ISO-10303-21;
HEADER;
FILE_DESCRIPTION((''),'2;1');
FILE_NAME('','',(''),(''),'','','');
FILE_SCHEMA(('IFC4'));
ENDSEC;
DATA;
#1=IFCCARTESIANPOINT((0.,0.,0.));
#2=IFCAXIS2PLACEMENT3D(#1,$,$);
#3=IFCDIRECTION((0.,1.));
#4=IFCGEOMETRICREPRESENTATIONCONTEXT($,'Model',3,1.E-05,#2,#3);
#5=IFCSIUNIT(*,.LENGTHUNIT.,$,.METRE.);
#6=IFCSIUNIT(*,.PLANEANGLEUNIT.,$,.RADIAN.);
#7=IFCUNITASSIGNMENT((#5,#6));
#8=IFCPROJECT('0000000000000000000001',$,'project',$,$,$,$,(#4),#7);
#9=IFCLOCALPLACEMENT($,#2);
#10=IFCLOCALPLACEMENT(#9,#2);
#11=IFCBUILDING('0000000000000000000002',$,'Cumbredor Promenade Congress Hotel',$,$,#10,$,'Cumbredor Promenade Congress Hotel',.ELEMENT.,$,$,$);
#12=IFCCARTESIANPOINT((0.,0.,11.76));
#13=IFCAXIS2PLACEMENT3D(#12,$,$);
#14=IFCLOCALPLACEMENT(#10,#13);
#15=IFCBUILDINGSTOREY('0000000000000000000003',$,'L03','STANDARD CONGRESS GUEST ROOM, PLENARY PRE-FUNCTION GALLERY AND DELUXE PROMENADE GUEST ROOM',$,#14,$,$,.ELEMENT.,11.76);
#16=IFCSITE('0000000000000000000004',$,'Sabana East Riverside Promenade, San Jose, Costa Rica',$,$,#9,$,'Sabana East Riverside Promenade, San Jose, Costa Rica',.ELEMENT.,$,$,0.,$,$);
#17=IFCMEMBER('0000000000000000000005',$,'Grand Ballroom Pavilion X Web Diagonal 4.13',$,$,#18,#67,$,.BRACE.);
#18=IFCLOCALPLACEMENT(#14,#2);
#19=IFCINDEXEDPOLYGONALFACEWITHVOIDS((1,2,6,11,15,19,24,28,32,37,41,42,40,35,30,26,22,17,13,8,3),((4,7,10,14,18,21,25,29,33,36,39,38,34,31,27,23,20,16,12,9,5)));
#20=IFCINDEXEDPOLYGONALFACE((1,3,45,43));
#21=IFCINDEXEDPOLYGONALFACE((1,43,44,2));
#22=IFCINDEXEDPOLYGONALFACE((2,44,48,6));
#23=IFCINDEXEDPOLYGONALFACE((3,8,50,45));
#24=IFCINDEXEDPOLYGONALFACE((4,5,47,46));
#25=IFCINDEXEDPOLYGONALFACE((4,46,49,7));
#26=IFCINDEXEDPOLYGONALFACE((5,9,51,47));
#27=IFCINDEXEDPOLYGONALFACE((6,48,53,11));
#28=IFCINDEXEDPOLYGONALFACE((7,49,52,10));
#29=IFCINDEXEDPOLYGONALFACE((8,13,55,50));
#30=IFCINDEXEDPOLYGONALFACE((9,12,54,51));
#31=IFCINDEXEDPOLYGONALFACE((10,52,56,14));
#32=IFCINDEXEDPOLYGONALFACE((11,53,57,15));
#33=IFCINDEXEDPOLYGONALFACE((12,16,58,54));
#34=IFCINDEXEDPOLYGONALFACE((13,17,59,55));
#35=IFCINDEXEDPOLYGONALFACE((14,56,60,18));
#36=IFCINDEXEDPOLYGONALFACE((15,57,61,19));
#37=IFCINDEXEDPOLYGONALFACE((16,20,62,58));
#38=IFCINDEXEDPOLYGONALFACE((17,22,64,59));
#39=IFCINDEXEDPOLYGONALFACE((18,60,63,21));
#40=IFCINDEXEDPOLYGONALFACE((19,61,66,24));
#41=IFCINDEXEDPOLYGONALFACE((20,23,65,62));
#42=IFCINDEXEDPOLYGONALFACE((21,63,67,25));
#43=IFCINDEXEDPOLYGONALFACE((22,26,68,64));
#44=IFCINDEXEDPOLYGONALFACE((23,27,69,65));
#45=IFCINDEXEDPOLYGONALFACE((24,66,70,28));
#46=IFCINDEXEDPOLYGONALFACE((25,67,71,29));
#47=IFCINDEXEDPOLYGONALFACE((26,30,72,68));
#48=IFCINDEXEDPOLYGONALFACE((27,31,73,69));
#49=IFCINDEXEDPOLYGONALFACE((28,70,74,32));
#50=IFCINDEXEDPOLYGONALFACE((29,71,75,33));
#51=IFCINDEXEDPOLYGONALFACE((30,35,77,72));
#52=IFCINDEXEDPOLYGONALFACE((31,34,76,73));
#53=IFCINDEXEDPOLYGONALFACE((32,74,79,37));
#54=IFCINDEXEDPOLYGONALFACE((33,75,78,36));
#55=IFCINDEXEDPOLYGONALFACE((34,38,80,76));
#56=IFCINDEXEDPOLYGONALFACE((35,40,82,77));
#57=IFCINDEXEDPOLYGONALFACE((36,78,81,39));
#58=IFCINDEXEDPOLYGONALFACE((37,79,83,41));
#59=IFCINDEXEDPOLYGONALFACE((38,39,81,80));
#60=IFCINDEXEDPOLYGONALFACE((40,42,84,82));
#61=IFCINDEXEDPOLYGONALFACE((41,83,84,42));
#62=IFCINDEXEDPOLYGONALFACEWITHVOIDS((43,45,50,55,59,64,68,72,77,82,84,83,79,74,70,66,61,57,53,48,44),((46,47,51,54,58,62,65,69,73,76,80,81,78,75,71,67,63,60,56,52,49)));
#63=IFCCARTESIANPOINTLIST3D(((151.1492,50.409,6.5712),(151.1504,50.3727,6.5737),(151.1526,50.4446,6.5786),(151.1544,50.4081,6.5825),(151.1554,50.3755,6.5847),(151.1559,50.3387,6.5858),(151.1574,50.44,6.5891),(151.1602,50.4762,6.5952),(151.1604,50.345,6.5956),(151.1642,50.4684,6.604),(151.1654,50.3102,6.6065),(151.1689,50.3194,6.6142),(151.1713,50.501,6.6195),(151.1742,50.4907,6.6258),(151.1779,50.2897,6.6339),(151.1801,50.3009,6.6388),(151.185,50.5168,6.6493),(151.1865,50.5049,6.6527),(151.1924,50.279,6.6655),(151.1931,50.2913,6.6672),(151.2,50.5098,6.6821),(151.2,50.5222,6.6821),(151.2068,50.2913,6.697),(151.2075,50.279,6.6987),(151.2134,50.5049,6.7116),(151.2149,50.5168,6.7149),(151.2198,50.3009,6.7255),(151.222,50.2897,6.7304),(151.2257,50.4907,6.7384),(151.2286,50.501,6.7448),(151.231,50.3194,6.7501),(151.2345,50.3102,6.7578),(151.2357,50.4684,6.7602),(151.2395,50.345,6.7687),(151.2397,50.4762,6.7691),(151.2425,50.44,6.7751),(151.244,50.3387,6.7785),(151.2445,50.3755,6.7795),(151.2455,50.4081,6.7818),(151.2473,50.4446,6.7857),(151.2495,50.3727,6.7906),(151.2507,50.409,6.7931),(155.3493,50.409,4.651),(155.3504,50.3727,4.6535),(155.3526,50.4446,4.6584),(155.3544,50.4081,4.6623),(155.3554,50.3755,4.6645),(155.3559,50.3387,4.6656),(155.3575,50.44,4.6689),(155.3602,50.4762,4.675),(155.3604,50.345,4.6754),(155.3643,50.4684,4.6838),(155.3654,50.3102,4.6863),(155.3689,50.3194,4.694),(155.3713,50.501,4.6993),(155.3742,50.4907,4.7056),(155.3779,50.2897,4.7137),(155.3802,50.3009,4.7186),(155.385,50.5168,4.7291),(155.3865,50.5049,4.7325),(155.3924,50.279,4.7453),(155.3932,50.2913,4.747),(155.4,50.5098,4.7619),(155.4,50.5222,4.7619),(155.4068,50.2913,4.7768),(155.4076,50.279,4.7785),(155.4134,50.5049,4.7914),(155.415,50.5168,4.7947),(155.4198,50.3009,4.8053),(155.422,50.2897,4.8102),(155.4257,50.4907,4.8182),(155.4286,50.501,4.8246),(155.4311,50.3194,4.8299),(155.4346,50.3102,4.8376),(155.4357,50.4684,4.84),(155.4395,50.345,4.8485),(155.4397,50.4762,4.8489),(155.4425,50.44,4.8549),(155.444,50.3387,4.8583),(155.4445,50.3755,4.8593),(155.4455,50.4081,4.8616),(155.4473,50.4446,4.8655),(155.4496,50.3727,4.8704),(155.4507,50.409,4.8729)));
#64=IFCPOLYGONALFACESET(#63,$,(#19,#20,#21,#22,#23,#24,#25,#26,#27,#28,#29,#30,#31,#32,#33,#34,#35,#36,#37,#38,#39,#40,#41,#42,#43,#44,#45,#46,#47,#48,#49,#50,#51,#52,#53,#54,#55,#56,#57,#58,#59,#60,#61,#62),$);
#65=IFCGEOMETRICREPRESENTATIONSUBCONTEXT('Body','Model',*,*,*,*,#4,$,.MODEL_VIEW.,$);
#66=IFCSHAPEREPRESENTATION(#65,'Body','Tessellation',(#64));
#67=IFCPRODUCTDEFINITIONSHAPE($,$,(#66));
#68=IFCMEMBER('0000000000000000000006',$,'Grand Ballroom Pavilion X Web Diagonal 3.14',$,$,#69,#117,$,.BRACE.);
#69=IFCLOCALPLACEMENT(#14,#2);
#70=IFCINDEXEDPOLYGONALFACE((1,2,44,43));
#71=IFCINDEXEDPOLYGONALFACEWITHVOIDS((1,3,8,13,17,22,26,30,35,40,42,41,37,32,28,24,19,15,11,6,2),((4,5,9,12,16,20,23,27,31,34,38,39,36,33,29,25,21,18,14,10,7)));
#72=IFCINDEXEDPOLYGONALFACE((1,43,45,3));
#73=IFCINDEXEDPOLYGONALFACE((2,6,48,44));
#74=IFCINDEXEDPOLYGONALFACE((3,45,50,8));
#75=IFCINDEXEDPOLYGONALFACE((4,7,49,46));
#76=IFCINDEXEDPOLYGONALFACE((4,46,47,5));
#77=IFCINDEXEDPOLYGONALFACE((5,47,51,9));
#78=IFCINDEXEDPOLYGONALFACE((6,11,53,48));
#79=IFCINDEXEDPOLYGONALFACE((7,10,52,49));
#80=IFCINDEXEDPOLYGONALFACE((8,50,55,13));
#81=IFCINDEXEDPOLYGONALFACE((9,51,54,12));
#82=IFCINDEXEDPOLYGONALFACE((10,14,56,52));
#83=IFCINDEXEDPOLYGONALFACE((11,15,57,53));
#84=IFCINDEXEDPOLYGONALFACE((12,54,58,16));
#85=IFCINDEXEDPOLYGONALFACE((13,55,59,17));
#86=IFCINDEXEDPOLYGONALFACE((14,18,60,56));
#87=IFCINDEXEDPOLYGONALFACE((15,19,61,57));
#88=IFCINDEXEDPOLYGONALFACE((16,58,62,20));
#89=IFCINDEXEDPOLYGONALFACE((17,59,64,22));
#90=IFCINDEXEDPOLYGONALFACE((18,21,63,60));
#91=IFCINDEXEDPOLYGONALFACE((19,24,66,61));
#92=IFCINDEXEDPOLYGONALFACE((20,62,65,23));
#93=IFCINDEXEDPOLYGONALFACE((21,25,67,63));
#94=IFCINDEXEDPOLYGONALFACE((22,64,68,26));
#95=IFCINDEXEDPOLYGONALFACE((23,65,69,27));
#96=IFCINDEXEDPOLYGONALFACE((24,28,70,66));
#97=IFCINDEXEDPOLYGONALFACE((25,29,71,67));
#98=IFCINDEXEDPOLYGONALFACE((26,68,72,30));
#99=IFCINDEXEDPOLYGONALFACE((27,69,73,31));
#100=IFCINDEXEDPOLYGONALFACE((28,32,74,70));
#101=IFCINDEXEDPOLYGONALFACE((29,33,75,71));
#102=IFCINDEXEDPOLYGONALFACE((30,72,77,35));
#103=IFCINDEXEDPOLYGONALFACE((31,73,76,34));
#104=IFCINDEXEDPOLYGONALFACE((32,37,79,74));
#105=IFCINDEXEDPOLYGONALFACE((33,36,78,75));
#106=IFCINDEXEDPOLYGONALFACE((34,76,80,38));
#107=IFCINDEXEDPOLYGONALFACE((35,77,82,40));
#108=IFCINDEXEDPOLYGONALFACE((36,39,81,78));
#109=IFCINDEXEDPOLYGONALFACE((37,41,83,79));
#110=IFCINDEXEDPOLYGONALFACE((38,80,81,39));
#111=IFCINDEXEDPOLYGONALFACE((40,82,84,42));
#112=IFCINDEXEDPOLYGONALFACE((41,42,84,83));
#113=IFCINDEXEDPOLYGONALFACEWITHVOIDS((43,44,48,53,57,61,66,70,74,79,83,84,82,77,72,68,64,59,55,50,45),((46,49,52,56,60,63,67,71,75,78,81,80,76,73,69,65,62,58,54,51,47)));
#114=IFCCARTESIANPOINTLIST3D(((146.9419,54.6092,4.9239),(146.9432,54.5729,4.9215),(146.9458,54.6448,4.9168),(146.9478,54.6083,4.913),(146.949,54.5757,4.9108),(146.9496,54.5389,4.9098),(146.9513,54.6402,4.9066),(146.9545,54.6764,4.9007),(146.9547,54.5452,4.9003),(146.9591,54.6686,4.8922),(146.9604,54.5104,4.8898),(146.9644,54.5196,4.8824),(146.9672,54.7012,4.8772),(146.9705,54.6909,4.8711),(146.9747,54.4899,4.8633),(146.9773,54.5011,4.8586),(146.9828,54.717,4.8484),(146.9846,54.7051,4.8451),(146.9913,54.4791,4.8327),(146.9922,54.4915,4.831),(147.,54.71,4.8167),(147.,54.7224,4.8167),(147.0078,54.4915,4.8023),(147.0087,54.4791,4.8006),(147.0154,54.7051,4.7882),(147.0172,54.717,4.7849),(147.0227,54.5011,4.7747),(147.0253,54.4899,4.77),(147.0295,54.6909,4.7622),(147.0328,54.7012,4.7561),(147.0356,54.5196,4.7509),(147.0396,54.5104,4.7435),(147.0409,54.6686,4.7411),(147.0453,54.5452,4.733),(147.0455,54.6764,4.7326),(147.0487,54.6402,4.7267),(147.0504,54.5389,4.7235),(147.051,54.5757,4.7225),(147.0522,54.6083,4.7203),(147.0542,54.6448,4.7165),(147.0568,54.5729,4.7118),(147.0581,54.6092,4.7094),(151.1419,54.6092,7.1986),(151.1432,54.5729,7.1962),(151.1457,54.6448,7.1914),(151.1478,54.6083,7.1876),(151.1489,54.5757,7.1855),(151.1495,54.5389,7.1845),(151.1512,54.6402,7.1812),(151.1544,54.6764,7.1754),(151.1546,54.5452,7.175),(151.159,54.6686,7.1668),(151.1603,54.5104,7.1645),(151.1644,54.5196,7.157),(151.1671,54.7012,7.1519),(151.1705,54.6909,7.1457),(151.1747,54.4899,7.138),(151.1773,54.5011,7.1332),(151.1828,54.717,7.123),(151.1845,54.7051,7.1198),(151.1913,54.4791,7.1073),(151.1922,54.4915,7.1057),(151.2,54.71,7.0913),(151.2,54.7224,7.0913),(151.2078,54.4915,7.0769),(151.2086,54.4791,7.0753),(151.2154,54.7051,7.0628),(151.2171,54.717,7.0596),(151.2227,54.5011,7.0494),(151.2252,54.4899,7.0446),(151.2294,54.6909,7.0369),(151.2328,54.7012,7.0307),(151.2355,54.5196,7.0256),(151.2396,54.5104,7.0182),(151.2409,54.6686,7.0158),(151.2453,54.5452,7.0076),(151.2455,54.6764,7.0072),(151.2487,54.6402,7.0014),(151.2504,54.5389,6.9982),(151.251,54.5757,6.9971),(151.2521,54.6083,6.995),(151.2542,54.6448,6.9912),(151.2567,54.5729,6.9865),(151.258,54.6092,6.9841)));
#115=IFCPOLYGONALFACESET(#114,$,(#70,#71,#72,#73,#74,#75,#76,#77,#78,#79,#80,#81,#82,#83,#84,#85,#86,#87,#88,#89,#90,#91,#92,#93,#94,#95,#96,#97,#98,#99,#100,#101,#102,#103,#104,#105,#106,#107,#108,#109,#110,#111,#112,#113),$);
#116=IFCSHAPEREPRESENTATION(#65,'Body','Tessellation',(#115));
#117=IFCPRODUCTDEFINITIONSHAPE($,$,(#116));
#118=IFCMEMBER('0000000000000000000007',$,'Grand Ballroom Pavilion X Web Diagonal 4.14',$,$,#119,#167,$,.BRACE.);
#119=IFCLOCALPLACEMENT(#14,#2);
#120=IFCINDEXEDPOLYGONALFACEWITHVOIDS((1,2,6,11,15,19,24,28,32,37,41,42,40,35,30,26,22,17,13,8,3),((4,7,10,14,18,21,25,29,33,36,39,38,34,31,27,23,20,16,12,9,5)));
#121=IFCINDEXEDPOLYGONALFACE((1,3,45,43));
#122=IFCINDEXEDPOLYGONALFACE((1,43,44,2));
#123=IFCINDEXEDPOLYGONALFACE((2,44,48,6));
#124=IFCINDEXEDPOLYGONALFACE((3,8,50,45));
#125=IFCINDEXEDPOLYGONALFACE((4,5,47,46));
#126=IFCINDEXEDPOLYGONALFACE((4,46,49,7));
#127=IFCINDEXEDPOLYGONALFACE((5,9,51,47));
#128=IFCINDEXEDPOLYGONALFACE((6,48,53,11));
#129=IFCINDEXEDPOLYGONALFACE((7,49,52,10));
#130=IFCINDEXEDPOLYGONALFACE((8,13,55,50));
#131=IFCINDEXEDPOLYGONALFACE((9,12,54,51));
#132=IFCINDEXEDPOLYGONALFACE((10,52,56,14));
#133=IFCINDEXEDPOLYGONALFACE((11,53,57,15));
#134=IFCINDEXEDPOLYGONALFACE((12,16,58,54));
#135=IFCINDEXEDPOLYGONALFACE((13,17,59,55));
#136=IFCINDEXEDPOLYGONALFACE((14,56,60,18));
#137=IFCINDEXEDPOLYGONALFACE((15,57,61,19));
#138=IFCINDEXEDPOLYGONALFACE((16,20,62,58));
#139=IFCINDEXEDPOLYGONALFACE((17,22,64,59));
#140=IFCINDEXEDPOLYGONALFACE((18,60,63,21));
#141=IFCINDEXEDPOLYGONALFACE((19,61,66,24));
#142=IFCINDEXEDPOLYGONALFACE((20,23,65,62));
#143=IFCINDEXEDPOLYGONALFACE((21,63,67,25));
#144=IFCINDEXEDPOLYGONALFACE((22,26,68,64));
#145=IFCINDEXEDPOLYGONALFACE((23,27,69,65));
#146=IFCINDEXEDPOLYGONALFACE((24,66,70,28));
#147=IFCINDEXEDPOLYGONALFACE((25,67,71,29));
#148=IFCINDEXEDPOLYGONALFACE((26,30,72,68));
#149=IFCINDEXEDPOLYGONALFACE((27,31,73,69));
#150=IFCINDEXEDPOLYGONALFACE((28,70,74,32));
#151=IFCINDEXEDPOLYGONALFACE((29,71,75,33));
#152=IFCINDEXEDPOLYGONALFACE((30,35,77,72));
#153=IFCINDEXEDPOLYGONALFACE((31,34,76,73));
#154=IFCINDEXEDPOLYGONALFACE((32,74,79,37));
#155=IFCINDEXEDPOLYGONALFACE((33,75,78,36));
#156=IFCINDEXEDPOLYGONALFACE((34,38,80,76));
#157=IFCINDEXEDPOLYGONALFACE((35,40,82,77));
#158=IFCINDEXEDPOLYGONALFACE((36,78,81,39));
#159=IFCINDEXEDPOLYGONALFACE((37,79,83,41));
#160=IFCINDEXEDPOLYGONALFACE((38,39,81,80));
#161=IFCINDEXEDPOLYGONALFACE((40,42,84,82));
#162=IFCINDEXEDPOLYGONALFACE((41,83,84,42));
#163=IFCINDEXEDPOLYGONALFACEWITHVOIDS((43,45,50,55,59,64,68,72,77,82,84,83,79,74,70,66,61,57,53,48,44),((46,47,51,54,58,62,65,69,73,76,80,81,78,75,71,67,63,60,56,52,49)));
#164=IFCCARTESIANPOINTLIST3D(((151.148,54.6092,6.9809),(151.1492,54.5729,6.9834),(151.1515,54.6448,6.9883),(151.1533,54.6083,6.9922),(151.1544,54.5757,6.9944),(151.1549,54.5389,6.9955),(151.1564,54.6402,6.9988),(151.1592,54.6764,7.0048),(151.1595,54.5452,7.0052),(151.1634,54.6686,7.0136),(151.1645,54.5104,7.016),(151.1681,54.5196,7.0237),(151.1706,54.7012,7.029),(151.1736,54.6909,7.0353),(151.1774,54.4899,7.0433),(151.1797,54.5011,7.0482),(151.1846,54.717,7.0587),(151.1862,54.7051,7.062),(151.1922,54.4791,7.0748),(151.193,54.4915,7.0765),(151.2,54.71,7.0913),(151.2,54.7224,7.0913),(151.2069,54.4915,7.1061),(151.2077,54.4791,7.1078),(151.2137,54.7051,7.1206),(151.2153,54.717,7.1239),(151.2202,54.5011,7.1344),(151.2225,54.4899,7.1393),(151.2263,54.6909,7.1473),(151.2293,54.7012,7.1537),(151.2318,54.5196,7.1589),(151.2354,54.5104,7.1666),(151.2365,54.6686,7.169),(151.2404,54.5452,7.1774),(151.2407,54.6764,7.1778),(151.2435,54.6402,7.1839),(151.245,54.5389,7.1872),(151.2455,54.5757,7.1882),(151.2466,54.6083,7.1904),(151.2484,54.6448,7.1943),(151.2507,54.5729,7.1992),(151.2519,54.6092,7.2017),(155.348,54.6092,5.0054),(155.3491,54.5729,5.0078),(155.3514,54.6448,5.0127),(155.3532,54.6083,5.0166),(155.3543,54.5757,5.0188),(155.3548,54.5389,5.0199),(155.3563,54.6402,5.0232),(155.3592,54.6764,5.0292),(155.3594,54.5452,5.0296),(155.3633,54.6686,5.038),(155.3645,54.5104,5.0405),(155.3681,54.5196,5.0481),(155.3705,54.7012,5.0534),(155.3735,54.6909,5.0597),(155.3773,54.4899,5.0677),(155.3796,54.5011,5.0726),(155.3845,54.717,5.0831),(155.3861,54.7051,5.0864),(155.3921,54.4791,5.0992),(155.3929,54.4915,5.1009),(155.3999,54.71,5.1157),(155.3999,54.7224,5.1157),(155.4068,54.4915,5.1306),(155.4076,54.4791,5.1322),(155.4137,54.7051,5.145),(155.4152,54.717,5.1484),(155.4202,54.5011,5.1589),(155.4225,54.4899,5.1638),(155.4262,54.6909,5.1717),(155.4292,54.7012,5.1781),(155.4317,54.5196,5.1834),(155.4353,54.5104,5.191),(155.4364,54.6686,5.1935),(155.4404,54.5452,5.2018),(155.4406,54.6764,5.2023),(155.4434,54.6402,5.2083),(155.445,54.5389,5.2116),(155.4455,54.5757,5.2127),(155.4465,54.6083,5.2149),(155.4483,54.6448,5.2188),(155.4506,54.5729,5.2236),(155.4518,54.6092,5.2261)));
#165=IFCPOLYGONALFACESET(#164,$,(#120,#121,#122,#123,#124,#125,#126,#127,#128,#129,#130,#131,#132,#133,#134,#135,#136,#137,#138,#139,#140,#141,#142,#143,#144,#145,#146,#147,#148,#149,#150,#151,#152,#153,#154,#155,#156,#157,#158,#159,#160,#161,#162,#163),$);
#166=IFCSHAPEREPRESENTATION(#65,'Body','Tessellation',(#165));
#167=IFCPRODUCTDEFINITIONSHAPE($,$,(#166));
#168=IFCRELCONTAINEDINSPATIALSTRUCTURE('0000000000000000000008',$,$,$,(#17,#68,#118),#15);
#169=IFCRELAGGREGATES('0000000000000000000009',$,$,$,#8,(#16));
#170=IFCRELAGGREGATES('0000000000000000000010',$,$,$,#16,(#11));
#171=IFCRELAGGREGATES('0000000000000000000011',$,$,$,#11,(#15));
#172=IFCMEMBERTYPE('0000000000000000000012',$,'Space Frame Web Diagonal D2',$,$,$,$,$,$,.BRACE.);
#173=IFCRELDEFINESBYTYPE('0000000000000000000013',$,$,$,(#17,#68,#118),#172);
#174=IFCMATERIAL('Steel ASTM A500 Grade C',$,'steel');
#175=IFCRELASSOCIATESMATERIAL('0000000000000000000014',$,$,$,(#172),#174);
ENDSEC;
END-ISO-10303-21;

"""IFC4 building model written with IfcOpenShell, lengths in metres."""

from ifc_helpers import new_model, si_unit, direction, frame, origin, origin_2d, place, context, subcontext, project, spatial, hollow_circle, extrude, material, material_profile, profile_set, type_object, element, save


model = new_model("IFC4")

# Units and contexts
model_context = context("Model", 3, precision=1e-05, world=origin(), true_north=direction((0.0, 1.0)))
body_context = subcontext(model_context, "Body", "Model", "MODEL_VIEW")
ifc_project = project(units=[si_unit("LENGTHUNIT", "METRE"), si_unit("PLANEANGLEUNIT", "RADIAN")], contexts=[model_context])

# Site, building, storey
site_placement = place(None, origin())
site = spatial("IfcSite", under=ifc_project, at=site_placement, Name="Sabana East Riverside Promenade, San Jose, Costa Rica", LongName="Sabana East Riverside Promenade, San Jose, Costa Rica", CompositionType="ELEMENT", RefElevation=0.0)
building_placement = place(site_placement, origin())
building = spatial("IfcBuilding", under=site, at=building_placement, Name="Cumbredor Promenade Congress Hotel", LongName="Cumbredor Promenade Congress Hotel", CompositionType="ELEMENT")
storey_placement = place(building_placement, frame((0.0, 0.0, 11.76)))
storey = spatial("IfcBuildingStorey", under=building, at=storey_placement, Name="L03", Description="STANDARD CONGRESS GUEST ROOM, PLENARY PRE-FUNCTION GALLERY AND DELUXE PROMENADE GUEST ROOM", CompositionType="ELEMENT", Elevation=11.76)

# Shared definitions
ifc_material_1 = material(Name="Steel ASTM A500 Grade C", Category="steel")

# Members
ifc_material_profile_1 = material_profile(ifc_material_1, hollow_circle(Radius=0.1223, WallThickness=0.0125, at=origin_2d()), Name="CHS 244.5x12.5")
ifc_profile_set_1 = profile_set([ifc_material_profile_1], Name="Steel ASTM A500 Grade C")
member_type_1 = type_object("IfcMemberType", Name="Space Frame Web Diagonal D2", PredefinedType="BRACE", material=ifc_profile_set_1)
member_1_placement = place(storey_placement, frame((151.2, 50.3999, 6.6821), z_axis=(0.909459, 0.0, -0.415793), x_axis=(0.0, 1.0, 0.0)))
element("IfcMember", 1, at=member_1_placement, inside=storey, type_object=member_type_1, Name="Grand Ballroom Pavilion X Web Diagonal 4.13", PredefinedType="BRACE", context=body_context, shape_type="SweptSolid", body=[
    extrude(hollow_circle(Radius=0.1223, WallThickness=0.0125, at=origin_2d()), origin(), (0.0, 0.0, 1.0), 4.6182),
])
member_2_placement = place(storey_placement, frame((147.0, 54.6001, 4.8167), z_axis=(0.87932, 0.0, 0.476232), x_axis=(0.0, 1.0, 0.0)))
element("IfcMember", 2, at=member_2_placement, inside=storey, type_object=member_type_1, Name="Grand Ballroom Pavilion X Web Diagonal 3.14", PredefinedType="BRACE", context=body_context, shape_type="SweptSolid", body=[
    extrude(hollow_circle(Radius=0.1223, WallThickness=0.0125, at=origin_2d()), origin(), (0.0, 0.0, 1.0), 4.7764),
])
member_3_placement = place(storey_placement, frame((151.2, 54.6001, 7.0913), z_axis=(0.90489, 0.0, -0.425645), x_axis=(0.0, 1.0, 0.0)))
element("IfcMember", 3, at=member_3_placement, inside=storey, type_object=member_type_1, Name="Grand Ballroom Pavilion X Web Diagonal 4.14", PredefinedType="BRACE", context=body_context, shape_type="SweptSolid", body=[
    extrude(hollow_circle(Radius=0.1223, WallThickness=0.0125, at=origin_2d()), origin(), (0.0, 0.0, 1.0), 4.6414),
])

save(model, "model.ifc")
